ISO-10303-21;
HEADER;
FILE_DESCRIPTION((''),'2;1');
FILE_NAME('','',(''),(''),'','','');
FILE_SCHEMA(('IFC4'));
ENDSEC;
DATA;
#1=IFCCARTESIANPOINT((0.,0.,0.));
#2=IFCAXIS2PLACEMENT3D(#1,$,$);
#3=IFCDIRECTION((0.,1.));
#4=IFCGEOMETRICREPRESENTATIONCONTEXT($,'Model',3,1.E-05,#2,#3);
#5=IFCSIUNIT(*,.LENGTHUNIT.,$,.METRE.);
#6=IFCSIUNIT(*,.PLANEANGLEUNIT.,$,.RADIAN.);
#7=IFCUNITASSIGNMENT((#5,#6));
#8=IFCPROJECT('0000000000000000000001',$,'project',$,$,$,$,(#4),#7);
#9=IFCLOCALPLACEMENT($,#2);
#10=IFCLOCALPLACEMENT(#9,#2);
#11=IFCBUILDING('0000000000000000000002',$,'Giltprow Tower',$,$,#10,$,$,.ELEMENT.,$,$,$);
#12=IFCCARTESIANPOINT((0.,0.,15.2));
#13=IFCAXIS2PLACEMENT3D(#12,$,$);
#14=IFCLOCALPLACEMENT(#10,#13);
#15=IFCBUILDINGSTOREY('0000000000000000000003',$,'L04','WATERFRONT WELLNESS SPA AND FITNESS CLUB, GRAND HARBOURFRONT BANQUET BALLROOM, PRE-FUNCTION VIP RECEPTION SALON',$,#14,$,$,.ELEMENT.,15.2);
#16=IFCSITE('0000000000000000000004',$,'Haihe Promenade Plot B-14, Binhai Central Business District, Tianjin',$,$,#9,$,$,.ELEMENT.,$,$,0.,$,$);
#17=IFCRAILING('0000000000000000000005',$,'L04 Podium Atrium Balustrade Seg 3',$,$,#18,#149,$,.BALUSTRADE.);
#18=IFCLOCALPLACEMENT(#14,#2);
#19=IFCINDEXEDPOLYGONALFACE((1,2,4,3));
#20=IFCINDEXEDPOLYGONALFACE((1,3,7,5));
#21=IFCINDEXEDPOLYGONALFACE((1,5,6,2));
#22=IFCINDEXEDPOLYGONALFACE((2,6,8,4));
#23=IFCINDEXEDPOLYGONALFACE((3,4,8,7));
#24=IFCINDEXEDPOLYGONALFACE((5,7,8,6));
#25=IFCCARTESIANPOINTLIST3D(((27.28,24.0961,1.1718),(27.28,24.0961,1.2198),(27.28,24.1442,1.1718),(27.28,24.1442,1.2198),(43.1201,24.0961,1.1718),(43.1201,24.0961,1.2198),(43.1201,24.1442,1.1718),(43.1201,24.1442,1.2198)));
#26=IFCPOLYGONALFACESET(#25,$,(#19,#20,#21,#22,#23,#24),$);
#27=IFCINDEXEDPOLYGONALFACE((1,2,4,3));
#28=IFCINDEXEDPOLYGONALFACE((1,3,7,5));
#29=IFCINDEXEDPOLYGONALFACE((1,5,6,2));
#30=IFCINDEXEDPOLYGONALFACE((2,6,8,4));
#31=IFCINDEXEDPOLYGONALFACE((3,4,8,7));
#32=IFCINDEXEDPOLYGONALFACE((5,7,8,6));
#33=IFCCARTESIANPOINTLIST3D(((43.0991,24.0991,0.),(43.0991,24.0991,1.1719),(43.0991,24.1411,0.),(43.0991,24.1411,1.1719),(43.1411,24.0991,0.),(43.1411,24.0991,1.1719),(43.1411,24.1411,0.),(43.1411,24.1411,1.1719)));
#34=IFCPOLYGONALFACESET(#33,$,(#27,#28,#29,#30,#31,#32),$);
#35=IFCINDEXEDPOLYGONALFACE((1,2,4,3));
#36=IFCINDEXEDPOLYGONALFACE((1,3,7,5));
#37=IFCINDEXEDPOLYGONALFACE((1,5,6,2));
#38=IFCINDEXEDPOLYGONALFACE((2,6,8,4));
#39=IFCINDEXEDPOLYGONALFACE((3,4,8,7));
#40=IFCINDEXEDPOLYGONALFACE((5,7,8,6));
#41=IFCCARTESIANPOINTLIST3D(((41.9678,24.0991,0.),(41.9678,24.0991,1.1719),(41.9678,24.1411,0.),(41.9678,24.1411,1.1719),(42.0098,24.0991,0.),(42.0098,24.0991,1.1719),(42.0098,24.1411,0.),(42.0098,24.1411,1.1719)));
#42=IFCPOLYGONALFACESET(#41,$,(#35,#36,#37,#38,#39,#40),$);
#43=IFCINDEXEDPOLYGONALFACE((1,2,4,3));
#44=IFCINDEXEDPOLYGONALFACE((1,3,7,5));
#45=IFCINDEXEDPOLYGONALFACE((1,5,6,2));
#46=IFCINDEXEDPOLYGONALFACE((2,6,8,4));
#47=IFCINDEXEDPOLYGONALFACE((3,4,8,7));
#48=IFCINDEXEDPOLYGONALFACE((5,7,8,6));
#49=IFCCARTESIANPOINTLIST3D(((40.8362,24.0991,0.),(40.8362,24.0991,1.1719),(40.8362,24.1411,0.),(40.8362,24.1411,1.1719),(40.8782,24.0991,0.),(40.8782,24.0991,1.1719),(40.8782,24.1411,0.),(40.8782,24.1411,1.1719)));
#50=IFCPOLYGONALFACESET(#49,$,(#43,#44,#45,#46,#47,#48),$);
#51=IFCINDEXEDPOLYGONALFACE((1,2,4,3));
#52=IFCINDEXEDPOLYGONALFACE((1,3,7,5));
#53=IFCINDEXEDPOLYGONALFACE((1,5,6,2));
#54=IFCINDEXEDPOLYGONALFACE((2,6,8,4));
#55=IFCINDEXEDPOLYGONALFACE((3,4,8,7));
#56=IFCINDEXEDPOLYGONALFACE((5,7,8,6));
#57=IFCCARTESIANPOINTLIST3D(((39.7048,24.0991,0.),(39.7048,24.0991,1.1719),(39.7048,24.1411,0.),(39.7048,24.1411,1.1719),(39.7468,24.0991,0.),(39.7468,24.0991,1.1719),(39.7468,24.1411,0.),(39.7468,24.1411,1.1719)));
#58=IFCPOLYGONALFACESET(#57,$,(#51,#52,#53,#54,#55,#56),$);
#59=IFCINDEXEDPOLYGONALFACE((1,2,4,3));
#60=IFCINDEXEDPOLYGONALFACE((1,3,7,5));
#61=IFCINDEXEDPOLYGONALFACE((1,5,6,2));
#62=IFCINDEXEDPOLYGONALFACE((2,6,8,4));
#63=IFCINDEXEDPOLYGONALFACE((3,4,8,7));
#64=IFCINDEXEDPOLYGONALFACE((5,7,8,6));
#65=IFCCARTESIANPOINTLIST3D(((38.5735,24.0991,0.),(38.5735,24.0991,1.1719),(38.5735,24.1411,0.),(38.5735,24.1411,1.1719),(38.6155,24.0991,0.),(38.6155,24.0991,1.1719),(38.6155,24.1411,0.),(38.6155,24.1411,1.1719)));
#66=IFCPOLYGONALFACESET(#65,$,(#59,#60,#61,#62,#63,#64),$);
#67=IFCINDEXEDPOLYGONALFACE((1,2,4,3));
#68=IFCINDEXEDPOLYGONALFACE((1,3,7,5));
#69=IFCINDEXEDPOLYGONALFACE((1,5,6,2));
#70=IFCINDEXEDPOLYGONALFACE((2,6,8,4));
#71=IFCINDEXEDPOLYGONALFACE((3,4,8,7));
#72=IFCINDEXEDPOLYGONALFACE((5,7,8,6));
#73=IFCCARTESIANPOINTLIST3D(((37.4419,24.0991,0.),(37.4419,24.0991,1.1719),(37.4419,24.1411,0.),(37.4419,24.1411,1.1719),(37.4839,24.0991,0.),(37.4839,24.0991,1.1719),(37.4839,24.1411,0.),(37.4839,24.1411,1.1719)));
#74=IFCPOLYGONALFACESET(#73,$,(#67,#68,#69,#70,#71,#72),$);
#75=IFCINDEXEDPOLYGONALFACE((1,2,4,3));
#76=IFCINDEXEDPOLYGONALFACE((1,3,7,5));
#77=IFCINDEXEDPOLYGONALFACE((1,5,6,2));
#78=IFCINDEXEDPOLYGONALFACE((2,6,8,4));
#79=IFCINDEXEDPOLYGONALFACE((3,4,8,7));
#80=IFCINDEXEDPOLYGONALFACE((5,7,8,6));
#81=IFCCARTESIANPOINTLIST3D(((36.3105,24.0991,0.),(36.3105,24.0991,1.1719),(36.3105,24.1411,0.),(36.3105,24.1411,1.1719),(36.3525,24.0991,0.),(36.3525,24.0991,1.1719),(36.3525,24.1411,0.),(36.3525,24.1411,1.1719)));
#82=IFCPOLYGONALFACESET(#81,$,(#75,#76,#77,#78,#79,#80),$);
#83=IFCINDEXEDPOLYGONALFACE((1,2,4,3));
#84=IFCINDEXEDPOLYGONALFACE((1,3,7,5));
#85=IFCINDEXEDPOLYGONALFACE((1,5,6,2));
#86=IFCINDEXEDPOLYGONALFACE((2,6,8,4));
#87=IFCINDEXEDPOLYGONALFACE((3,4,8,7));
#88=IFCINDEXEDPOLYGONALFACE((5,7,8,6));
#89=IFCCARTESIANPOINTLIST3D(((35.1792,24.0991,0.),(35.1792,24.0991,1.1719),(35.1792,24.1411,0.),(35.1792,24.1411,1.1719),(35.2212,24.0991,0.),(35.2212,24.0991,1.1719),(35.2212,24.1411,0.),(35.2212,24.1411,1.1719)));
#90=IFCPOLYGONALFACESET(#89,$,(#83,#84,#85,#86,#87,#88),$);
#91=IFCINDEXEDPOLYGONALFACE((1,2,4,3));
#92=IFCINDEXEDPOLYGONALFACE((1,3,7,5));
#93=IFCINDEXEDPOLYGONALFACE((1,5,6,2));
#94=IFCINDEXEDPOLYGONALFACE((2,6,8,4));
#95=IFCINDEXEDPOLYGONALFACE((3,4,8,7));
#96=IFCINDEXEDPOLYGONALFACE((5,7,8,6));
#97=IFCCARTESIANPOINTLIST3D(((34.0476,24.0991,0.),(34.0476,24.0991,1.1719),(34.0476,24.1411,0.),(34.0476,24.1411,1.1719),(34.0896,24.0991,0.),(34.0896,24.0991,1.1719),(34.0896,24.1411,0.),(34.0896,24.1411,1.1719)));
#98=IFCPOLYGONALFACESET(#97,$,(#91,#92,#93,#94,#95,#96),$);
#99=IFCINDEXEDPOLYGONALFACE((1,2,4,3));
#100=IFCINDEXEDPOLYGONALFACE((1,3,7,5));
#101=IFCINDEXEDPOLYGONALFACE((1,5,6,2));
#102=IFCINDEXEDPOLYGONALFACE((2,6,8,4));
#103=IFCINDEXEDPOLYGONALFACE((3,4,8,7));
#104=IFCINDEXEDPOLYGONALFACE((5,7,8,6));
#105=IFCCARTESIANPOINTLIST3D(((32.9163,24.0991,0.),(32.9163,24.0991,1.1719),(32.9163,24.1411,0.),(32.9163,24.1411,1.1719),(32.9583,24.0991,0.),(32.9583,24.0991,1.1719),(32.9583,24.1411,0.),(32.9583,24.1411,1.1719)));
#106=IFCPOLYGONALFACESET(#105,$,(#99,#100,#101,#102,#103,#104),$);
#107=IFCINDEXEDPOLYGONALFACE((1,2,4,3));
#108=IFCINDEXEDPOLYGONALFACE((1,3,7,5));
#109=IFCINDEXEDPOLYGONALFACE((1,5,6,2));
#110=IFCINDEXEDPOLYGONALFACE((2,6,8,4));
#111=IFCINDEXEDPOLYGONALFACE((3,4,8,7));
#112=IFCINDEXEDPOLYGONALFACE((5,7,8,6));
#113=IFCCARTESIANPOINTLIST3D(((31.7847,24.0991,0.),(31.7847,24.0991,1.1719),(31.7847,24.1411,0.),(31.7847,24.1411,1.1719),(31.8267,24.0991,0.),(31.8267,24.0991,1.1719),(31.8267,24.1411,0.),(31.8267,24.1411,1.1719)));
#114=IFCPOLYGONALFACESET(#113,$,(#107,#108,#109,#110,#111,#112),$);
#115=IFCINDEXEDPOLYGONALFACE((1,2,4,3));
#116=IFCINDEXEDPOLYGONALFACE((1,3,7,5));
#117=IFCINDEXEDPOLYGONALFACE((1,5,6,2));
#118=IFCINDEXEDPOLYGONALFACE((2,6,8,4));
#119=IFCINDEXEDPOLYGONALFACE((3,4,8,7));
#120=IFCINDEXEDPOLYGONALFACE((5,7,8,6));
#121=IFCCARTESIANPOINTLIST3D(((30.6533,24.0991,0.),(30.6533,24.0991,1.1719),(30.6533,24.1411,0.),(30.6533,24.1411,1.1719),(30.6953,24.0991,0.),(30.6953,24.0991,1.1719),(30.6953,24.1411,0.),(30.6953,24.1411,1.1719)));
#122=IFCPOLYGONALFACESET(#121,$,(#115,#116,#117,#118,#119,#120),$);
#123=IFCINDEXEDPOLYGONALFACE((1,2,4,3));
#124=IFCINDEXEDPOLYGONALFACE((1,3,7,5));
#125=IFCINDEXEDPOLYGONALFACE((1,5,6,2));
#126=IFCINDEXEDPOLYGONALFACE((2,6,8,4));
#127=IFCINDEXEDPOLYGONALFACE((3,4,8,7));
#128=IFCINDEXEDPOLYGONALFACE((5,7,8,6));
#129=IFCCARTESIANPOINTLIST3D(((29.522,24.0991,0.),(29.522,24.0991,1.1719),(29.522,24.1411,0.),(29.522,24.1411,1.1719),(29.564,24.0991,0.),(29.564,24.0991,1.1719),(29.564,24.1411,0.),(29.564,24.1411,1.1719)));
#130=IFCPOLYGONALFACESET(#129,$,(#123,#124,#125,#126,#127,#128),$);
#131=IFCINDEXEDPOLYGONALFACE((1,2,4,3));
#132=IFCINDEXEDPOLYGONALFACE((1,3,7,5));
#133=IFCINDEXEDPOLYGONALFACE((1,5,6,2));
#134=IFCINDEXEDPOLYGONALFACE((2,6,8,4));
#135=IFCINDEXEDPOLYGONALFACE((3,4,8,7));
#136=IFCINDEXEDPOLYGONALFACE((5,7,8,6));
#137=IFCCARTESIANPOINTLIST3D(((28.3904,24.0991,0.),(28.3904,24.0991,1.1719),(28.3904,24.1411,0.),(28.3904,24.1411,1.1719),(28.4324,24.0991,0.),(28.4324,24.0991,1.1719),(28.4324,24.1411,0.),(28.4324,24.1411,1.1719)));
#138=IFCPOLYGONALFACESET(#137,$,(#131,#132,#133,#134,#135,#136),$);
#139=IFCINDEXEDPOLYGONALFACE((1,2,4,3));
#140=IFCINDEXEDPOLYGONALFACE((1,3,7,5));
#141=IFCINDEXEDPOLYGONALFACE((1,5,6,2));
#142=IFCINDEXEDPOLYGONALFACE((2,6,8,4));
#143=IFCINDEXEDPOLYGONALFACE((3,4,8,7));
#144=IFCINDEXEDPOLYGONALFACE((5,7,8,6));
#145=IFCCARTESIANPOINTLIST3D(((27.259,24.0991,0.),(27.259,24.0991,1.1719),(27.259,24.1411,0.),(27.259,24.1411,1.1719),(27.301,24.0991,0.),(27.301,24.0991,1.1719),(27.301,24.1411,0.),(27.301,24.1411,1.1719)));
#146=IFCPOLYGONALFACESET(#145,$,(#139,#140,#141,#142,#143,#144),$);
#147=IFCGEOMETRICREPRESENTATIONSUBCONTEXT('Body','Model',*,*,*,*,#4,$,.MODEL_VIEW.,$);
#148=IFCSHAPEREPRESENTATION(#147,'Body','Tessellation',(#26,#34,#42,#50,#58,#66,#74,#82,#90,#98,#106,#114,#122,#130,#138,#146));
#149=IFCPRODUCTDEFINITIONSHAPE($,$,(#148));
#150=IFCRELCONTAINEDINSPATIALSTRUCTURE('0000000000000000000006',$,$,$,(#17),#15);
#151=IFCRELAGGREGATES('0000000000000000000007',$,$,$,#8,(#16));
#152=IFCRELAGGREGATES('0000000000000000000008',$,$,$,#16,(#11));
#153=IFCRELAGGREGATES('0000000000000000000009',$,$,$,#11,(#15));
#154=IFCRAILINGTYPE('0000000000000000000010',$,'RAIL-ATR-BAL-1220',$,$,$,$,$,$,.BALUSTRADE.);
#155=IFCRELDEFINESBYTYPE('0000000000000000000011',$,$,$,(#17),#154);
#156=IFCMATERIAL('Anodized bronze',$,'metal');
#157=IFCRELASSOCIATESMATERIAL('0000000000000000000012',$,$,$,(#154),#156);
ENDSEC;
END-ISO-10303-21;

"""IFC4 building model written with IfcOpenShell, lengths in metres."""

from ifc_helpers import new_model, si_unit, direction, frame, origin, origin_2d, place, context, subcontext, project, spatial, rectangle, extrude, material, type_object, element, save


model = new_model("IFC4")

# Units and contexts
model_context = context("Model", 3, precision=1e-05, world=origin(), true_north=direction((0.0, 1.0)))
body_context = subcontext(model_context, "Body", "Model", "MODEL_VIEW")
ifc_project = project(units=[si_unit("LENGTHUNIT", "METRE"), si_unit("PLANEANGLEUNIT", "RADIAN")], contexts=[model_context])

# Site, building, storey
site_placement = place(None, origin())
site = spatial("IfcSite", under=ifc_project, at=site_placement, Name="Haihe Promenade Plot B-14, Binhai Central Business District, Tianjin", CompositionType="ELEMENT", RefElevation=0.0)
building_placement = place(site_placement, origin())
building = spatial("IfcBuilding", under=site, at=building_placement, Name="Giltprow Tower", CompositionType="ELEMENT")
storey_placement = place(building_placement, frame((0.0, 0.0, 15.2)))
storey = spatial("IfcBuildingStorey", under=building, at=storey_placement, Name="L04", Description="WATERFRONT WELLNESS SPA AND FITNESS CLUB, GRAND HARBOURFRONT BANQUET BALLROOM, PRE-FUNCTION VIP RECEPTION SALON", CompositionType="ELEMENT", Elevation=15.2)

# Railing
ifc_material_1 = material(Name="Anodized bronze", Category="metal")
railing_type = type_object("IfcRailingType", Name="RAIL-ATR-BAL-1220", PredefinedType="BALUSTRADE", material=ifc_material_1)
railing_1_placement = place(storey_placement, frame((43.1201, 24.1201, 0.0)))
element("IfcRailing", 1, at=railing_1_placement, inside=storey, type_object=railing_type, Name="L04 Podium Atrium Balustrade Seg 3", PredefinedType="BALUSTRADE", context=body_context, shape_type="SweptSolid", body=[
    extrude(rectangle(XDim=0.0481, YDim=0.0481, at=origin_2d()), frame((0.0, 0.0, 1.1958), z_axis=(-1.0, 0.0, 0.0), x_axis=(0.0, -1.0, 0.0)), (0.0, 0.0, 1.0), 15.8401),
    extrude(rectangle(XDim=0.042, YDim=0.042, at=origin_2d()), origin(), (0.0, 0.0, 1.0), 1.1719),
    extrude(rectangle(XDim=0.042, YDim=0.042, at=origin_2d()), frame((-1.1313, 0.0, 0.0)), (0.0, 0.0, 1.0), 1.1719),
    extrude(rectangle(XDim=0.042, YDim=0.042, at=origin_2d()), frame((-2.2629, 0.0, 0.0)), (0.0, 0.0, 1.0), 1.1719),
    extrude(rectangle(XDim=0.042, YDim=0.042, at=origin_2d()), frame((-3.3943, 0.0, 0.0)), (0.0, 0.0, 1.0), 1.1719),
    extrude(rectangle(XDim=0.042, YDim=0.042, at=origin_2d()), frame((-4.5256, 0.0, 0.0)), (0.0, 0.0, 1.0), 1.1719),
    extrude(rectangle(XDim=0.042, YDim=0.042, at=origin_2d()), frame((-5.6572, 0.0, 0.0)), (0.0, 0.0, 1.0), 1.1719),
    extrude(rectangle(XDim=0.042, YDim=0.042, at=origin_2d()), frame((-6.7886, 0.0, 0.0)), (0.0, 0.0, 1.0), 1.1719),
    extrude(rectangle(XDim=0.042, YDim=0.042, at=origin_2d()), frame((-7.9199, 0.0, 0.0)), (0.0, 0.0, 1.0), 1.1719),
    extrude(rectangle(XDim=0.042, YDim=0.042, at=origin_2d()), frame((-9.0515, 0.0, 0.0)), (0.0, 0.0, 1.0), 1.1719),
    extrude(rectangle(XDim=0.042, YDim=0.042, at=origin_2d()), frame((-10.1829, 0.0, 0.0)), (0.0, 0.0, 1.0), 1.1719),
    extrude(rectangle(XDim=0.042, YDim=0.042, at=origin_2d()), frame((-11.3145, 0.0, 0.0)), (0.0, 0.0, 1.0), 1.1719),
    extrude(rectangle(XDim=0.042, YDim=0.042, at=origin_2d()), frame((-12.4458, 0.0, 0.0)), (0.0, 0.0, 1.0), 1.1719),
    extrude(rectangle(XDim=0.042, YDim=0.042, at=origin_2d()), frame((-13.5771, 0.0, 0.0)), (0.0, 0.0, 1.0), 1.1719),
    extrude(rectangle(XDim=0.042, YDim=0.042, at=origin_2d()), frame((-14.7087, 0.0, 0.0)), (0.0, 0.0, 1.0), 1.1719),
    extrude(rectangle(XDim=0.042, YDim=0.042, at=origin_2d()), frame((-15.8401, 0.0, 0.0)), (0.0, 0.0, 1.0), 1.1719),
])

save(model, "model.ifc")
